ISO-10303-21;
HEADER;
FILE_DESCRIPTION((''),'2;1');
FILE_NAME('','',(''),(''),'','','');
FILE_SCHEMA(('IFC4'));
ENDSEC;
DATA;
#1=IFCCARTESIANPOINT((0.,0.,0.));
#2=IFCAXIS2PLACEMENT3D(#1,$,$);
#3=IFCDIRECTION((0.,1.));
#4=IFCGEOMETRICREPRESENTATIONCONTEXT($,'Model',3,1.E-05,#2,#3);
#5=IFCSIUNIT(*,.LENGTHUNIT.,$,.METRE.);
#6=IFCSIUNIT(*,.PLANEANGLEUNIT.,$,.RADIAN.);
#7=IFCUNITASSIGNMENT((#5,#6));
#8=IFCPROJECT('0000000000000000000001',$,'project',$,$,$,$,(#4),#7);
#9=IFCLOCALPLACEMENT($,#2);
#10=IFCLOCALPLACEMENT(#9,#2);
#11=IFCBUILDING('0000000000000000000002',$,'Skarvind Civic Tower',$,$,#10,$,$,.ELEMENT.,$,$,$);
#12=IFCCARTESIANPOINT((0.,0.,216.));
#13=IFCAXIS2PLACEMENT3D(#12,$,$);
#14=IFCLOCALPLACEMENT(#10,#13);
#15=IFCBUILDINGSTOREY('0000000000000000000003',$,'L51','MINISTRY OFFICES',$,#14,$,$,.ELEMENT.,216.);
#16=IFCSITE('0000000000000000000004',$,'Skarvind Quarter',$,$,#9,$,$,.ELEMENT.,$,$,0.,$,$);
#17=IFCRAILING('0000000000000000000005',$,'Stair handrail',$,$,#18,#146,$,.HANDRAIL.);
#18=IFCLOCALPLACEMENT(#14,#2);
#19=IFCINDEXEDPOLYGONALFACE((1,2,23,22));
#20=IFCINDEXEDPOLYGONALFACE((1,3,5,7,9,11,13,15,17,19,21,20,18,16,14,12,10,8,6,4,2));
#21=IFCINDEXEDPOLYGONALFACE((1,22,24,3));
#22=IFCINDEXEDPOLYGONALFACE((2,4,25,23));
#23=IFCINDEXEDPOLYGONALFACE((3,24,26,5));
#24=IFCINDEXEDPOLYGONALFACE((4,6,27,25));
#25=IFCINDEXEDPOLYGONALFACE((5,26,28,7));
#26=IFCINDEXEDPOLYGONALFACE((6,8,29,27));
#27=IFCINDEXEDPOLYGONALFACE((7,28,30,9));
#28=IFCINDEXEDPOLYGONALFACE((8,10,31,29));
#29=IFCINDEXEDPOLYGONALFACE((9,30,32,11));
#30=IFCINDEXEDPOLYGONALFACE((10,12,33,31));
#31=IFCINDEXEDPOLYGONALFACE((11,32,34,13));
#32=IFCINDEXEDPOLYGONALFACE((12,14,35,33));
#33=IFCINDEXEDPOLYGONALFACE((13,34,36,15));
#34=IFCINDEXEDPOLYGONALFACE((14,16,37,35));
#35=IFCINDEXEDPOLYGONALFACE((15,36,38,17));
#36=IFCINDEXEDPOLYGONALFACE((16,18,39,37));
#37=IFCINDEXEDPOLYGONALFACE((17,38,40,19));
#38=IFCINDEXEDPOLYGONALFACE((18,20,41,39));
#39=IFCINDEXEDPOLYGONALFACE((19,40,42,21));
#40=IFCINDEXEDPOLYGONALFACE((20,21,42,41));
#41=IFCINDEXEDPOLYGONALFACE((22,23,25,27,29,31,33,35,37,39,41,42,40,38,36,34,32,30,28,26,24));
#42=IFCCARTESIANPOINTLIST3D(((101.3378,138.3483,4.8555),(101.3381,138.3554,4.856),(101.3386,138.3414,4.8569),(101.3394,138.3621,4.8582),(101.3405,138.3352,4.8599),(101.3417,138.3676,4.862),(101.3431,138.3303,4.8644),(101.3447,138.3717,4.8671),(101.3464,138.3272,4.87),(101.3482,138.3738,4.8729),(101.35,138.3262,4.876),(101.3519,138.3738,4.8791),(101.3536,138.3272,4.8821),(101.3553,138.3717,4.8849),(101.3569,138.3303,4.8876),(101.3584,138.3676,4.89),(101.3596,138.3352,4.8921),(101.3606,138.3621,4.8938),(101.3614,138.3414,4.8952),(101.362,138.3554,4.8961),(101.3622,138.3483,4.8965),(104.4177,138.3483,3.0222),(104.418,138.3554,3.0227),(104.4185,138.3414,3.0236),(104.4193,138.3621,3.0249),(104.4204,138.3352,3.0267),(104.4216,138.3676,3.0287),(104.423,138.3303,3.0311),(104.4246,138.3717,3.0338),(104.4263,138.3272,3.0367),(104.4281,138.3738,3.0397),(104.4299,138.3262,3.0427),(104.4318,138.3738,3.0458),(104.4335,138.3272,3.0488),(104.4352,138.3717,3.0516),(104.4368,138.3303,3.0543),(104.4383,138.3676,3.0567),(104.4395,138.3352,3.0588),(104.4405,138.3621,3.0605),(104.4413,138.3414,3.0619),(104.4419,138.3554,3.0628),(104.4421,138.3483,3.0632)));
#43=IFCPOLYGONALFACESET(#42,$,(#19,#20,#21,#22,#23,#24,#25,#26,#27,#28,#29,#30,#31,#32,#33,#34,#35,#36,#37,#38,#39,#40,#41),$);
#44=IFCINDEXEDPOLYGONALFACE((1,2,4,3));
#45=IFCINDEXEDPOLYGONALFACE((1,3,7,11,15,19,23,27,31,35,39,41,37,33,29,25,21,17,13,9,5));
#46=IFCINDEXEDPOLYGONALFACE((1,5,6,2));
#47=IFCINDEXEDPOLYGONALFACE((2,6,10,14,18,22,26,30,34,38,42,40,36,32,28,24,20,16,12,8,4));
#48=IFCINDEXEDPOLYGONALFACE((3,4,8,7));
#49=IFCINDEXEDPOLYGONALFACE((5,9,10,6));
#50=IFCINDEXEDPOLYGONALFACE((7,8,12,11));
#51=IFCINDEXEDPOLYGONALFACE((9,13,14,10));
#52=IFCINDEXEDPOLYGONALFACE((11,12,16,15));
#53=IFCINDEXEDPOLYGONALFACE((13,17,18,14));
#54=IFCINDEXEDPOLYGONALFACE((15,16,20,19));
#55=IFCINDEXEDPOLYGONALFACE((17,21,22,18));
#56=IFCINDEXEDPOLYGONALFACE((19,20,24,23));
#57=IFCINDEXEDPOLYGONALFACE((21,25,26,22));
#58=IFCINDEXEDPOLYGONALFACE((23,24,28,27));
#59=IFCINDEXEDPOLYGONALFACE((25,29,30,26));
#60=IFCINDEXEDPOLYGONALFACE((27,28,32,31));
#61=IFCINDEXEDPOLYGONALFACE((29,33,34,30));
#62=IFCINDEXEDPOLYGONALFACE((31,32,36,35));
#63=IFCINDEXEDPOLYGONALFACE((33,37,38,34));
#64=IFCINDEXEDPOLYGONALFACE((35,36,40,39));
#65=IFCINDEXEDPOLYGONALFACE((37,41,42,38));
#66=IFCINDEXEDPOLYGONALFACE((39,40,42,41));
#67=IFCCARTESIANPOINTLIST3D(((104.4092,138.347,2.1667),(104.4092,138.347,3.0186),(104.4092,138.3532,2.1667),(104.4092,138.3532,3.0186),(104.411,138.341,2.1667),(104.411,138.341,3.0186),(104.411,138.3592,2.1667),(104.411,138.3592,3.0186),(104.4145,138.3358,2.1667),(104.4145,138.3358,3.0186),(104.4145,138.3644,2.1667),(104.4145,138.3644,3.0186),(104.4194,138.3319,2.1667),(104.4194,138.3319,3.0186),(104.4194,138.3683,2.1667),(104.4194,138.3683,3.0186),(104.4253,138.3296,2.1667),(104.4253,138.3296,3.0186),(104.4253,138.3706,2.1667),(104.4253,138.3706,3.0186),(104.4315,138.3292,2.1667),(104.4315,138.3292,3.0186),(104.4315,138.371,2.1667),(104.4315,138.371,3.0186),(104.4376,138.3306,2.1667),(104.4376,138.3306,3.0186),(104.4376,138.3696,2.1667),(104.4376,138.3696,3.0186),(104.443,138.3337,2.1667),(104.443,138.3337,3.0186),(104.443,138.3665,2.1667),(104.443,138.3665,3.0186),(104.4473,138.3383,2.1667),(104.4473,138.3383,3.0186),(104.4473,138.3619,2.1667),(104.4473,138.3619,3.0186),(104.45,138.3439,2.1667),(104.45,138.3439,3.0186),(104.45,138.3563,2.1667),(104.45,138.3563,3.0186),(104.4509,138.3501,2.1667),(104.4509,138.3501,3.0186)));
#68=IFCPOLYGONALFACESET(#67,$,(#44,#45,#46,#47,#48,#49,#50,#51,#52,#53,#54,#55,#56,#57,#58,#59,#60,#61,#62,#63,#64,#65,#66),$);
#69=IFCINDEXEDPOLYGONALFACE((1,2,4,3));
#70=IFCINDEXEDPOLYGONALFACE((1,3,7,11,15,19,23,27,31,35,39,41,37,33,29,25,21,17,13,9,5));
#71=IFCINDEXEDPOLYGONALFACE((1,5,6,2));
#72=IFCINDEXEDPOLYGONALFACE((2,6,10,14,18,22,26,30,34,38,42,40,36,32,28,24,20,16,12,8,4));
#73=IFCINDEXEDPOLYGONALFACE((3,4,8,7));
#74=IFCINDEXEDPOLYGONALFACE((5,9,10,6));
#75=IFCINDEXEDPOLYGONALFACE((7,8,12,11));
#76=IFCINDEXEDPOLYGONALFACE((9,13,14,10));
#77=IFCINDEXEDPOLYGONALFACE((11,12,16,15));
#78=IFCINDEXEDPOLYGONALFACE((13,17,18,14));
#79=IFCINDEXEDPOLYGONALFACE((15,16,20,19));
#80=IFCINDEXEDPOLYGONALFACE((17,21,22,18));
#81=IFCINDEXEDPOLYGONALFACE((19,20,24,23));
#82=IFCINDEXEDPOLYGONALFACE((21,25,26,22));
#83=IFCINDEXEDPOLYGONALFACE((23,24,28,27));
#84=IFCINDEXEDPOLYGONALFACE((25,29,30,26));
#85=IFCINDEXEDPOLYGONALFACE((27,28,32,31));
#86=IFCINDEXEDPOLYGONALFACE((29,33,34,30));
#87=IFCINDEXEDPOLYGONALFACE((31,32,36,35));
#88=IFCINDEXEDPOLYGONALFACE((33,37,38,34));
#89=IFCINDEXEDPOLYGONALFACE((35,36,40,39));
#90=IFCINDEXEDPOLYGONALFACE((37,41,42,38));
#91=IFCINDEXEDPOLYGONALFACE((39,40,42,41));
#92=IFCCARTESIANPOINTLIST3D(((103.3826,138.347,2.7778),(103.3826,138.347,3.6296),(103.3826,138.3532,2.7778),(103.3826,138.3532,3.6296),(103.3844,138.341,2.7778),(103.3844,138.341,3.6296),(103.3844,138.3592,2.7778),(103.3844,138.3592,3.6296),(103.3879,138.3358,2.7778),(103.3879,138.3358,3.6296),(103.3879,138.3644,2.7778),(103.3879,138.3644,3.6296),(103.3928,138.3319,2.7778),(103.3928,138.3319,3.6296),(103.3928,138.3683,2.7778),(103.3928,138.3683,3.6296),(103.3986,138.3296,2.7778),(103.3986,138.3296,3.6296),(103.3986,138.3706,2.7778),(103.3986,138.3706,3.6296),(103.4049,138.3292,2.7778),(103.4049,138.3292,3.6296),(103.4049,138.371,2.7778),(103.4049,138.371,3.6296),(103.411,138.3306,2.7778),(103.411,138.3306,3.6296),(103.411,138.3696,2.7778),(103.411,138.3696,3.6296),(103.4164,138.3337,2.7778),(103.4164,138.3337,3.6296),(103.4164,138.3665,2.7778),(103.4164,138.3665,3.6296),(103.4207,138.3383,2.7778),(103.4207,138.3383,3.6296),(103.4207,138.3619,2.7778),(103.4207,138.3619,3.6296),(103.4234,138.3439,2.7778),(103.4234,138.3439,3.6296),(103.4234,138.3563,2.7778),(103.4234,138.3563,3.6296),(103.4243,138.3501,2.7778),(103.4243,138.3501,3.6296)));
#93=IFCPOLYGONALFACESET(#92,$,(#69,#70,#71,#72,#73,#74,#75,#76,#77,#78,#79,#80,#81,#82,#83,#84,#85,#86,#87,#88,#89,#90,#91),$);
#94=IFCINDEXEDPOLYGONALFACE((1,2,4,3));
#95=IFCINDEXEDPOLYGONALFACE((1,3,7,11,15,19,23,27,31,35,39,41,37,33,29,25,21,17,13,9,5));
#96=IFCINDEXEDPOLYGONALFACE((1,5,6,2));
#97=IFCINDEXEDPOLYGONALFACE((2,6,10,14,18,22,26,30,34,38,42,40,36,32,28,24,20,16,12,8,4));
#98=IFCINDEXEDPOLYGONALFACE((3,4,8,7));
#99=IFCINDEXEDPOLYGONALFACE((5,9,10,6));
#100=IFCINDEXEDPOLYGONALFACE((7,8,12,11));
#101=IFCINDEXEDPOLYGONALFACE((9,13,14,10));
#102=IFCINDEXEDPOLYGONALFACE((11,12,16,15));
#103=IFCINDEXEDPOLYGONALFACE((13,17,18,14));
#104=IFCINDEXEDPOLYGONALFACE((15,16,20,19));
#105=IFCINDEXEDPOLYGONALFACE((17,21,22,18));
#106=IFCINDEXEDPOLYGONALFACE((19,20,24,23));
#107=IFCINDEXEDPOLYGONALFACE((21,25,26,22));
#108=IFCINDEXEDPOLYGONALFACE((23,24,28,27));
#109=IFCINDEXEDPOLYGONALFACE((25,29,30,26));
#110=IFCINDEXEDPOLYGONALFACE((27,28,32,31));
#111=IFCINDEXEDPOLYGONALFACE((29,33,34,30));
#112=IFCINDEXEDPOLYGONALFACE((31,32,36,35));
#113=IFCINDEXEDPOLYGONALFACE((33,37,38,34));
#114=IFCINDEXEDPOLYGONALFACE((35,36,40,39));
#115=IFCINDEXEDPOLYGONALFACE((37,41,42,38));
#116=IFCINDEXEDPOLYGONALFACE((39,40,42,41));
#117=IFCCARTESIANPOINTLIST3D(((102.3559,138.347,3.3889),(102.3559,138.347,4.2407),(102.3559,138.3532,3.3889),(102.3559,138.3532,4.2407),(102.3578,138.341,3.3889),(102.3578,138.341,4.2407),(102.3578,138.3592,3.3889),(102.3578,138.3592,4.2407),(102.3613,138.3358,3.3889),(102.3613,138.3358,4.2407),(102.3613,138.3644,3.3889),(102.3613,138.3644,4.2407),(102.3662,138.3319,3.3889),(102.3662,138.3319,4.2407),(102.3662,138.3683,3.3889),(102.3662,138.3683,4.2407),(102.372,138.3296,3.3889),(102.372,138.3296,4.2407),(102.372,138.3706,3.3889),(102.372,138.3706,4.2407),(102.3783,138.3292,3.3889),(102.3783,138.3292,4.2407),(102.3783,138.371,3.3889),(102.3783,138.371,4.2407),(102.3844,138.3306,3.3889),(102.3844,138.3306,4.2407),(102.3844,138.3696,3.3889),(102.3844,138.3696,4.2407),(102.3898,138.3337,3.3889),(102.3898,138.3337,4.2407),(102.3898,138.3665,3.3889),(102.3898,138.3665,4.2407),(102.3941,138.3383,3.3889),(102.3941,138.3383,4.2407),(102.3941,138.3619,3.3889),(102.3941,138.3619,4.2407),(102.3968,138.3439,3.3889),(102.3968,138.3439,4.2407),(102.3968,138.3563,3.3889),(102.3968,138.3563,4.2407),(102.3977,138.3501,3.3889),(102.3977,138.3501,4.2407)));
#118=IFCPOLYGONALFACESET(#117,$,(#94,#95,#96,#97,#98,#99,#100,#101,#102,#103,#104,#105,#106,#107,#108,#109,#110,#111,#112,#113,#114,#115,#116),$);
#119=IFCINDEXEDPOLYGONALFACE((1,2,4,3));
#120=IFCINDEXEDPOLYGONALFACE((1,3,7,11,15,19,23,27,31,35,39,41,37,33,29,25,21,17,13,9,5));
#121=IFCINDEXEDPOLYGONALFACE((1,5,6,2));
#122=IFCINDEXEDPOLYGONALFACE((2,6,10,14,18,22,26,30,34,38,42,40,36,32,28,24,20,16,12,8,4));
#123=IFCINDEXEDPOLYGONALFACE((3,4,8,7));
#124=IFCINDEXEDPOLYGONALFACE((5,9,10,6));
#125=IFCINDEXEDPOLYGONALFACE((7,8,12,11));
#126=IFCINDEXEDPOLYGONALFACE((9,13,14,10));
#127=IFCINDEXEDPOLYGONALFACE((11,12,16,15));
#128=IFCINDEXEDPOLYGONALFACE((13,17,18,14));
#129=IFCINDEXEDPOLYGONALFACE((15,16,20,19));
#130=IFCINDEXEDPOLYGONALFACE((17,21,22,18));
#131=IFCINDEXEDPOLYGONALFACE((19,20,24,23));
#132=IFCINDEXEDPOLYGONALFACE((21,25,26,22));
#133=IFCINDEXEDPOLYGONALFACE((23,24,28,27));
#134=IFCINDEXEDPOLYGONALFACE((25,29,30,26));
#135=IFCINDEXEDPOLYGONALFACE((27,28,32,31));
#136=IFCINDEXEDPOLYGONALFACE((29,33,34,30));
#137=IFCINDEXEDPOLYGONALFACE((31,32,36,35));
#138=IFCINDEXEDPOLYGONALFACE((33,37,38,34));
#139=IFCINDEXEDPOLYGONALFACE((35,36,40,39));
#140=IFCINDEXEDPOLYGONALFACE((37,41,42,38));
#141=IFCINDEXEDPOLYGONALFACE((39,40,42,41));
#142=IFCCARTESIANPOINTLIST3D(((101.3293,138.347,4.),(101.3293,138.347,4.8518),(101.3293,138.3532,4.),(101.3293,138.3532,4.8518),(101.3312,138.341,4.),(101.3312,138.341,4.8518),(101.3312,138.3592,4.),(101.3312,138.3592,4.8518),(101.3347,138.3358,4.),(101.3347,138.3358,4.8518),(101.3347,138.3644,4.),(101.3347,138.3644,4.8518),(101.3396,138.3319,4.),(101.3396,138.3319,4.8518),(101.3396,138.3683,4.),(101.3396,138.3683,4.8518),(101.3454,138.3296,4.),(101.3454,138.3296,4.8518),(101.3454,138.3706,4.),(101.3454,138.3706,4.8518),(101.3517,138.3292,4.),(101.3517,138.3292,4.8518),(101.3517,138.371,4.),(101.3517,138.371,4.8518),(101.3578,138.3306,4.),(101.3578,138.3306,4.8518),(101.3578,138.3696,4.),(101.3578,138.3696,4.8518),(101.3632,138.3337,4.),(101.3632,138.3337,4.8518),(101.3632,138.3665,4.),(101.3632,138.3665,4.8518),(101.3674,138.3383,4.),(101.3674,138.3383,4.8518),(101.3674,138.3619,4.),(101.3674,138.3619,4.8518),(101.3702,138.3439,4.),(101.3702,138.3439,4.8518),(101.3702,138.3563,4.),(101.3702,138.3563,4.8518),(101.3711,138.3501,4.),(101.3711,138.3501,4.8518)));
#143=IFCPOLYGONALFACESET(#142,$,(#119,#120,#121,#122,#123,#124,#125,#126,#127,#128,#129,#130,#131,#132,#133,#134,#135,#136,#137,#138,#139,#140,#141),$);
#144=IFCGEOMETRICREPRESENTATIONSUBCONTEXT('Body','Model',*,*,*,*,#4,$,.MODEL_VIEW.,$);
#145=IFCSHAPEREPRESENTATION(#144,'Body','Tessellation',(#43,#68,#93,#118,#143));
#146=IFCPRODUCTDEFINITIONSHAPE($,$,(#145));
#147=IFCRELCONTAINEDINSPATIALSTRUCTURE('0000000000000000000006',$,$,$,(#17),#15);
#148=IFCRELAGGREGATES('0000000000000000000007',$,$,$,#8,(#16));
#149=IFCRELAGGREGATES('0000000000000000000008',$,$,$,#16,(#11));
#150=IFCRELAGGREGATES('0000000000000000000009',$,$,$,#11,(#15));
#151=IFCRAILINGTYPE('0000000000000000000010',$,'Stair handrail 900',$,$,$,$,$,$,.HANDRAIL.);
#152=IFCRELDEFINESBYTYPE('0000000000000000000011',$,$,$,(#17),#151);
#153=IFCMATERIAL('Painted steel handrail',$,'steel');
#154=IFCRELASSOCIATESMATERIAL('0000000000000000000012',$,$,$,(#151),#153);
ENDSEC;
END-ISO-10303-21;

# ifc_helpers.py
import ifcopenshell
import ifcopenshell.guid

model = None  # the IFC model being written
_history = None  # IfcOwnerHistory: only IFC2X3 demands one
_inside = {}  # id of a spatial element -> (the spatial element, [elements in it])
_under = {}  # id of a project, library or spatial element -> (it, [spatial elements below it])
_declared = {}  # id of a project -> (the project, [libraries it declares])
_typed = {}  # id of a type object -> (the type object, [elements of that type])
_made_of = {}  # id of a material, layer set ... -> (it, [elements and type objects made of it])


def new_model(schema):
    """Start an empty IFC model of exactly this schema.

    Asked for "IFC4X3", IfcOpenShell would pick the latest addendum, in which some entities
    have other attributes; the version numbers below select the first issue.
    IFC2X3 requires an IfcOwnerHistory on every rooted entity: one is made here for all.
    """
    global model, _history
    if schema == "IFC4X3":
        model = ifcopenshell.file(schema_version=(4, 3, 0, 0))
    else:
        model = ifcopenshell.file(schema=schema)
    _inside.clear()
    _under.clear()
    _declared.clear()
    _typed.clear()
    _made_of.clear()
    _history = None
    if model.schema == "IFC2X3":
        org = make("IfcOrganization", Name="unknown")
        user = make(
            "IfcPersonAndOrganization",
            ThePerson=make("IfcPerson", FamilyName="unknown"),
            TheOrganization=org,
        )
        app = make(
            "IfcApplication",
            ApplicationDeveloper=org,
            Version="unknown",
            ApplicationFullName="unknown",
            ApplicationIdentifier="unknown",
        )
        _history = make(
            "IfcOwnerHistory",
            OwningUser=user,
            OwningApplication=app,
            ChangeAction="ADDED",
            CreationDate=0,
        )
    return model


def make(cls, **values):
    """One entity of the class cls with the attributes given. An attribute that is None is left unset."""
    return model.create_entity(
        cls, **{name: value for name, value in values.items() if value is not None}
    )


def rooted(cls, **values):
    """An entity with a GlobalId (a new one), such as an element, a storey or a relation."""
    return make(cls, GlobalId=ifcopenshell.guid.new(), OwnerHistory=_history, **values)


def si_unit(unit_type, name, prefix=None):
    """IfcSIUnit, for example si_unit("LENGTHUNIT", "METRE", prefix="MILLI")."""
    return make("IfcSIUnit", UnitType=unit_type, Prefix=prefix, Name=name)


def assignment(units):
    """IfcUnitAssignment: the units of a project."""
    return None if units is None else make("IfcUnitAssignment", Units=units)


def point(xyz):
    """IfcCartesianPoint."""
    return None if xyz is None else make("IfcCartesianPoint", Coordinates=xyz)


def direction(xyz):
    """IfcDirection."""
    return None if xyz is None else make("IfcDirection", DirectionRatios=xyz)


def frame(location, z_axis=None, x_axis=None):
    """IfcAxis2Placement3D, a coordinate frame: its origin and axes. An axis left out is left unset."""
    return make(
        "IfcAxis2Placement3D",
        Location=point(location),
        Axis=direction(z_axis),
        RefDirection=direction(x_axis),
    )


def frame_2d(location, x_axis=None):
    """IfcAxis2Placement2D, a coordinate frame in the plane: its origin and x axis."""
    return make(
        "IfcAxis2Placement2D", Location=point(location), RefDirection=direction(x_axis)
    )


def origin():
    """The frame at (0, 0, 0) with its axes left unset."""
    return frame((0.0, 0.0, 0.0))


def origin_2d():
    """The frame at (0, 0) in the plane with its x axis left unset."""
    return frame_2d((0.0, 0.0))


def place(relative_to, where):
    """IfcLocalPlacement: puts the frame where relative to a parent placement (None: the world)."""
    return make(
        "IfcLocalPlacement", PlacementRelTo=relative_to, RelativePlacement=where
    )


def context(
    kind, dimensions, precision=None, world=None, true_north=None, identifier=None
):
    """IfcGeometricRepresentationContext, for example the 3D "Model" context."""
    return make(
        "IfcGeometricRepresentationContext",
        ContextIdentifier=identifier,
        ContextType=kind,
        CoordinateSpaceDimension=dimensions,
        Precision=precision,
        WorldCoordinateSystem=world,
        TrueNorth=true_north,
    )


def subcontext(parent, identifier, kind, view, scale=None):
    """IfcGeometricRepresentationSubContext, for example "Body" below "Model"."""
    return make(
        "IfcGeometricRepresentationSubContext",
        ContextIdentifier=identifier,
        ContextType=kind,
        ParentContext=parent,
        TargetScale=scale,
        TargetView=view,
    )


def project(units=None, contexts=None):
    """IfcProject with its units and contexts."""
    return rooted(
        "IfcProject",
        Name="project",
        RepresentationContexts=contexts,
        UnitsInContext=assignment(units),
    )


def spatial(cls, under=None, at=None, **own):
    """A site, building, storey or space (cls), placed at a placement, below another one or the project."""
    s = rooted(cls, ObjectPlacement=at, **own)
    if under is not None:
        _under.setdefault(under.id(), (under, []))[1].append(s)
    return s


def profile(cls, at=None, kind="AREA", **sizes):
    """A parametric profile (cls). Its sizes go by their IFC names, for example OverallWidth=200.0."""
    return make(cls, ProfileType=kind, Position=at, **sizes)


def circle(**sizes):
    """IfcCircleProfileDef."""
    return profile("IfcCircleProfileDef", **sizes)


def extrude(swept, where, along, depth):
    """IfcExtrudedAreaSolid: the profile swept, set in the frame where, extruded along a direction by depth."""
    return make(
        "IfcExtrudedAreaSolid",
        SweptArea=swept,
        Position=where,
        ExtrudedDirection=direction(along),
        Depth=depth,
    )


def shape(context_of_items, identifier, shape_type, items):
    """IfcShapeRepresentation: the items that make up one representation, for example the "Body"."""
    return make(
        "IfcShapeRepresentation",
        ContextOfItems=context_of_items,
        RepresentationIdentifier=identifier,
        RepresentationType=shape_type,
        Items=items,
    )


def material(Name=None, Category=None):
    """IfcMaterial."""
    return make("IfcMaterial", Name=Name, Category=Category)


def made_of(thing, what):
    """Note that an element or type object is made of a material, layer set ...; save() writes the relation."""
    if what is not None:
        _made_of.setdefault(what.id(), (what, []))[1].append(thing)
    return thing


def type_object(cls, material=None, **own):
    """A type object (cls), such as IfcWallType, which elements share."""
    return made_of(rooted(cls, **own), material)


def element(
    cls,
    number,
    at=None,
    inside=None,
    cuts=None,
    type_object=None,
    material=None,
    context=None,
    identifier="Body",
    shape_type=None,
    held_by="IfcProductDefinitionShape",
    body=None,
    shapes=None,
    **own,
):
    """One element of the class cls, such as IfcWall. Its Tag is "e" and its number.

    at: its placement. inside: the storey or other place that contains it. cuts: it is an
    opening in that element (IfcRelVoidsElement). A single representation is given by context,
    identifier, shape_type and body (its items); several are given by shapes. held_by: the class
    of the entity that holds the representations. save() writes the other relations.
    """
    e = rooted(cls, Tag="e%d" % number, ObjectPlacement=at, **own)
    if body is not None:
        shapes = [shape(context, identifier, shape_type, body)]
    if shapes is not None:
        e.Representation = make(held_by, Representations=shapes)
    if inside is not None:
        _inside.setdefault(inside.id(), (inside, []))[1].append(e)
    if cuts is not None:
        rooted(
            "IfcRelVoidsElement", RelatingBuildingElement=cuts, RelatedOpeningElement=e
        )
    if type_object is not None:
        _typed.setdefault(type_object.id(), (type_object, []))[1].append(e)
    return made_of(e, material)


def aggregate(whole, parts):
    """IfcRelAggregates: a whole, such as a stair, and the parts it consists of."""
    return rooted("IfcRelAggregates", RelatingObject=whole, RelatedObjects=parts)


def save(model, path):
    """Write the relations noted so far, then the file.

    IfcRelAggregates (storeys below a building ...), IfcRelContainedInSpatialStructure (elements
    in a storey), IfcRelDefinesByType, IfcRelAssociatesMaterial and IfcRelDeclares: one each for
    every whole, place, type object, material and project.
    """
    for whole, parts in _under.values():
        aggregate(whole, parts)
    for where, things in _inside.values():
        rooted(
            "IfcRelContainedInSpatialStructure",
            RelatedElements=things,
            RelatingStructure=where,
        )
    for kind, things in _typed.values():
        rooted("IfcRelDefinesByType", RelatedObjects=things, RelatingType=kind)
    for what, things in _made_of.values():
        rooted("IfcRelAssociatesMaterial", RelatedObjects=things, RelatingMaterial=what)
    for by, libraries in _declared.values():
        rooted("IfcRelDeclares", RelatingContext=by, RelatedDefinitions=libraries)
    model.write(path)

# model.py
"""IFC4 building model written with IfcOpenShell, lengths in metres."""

from ifc_helpers import new_model, si_unit, direction, frame, origin, origin_2d, place, context, subcontext, project, spatial, circle, extrude, material, type_object, element, save


model = new_model("IFC4")

# Units and contexts
model_context = context("Model", 3, precision=1e-05, world=origin(), true_north=direction((0.0, 1.0)))
body_context = subcontext(model_context, "Body", "Model", "MODEL_VIEW")
ifc_project = project(units=[si_unit("LENGTHUNIT", "METRE"), si_unit("PLANEANGLEUNIT", "RADIAN")], contexts=[model_context])

# Site, building, storey
site_placement = place(None, origin())
site = spatial("IfcSite", under=ifc_project, at=site_placement, Name="Skarvind Quarter", CompositionType="ELEMENT", RefElevation=0.0)
building_placement = place(site_placement, origin())
building = spatial("IfcBuilding", under=site, at=building_placement, Name="Skarvind Civic Tower", CompositionType="ELEMENT")
storey_placement = place(building_placement, frame((0.0, 0.0, 216.0)))
storey = spatial("IfcBuildingStorey", under=building, at=storey_placement, Name="L51", Description="MINISTRY OFFICES", CompositionType="ELEMENT", Elevation=216.0)

# Railing
ifc_material_1 = material(Name="Painted steel handrail", Category="steel")
railing_type = type_object("IfcRailingType", Name="Stair handrail 900", PredefinedType="HANDRAIL", material=ifc_material_1)
railing_1_placement = place(storey_placement, frame((104.4299, 138.3501, 2.1667)))
element("IfcRailing", 1, at=railing_1_placement, inside=storey, type_object=railing_type, Name="Stair handrail", PredefinedType="HANDRAIL", context=body_context, shape_type="SweptSolid", body=[
    extrude(circle(Radius=0.0239, at=origin_2d()), frame((0.0, 0.0, 0.876), z_axis=(-0.859291, 0.0, 0.511487), x_axis=(0.0, -1.0, 0.0)), (0.0, 0.0, 1.0), 3.5842),
    extrude(circle(Radius=0.021, at=origin_2d()), origin(), (0.0, 0.0, 1.0), 0.8518),
    extrude(circle(Radius=0.021, at=origin_2d()), frame((-1.0266, 0.0, 0.6111)), (0.0, 0.0, 1.0), 0.8518),
    extrude(circle(Radius=0.021, at=origin_2d()), frame((-2.0532, 0.0, 1.2222)), (0.0, 0.0, 1.0), 0.8518),
    extrude(circle(Radius=0.021, at=origin_2d()), frame((-3.0798, 0.0, 1.8333)), (0.0, 0.0, 1.0), 0.8518),
])

save(model, "model.ifc")
